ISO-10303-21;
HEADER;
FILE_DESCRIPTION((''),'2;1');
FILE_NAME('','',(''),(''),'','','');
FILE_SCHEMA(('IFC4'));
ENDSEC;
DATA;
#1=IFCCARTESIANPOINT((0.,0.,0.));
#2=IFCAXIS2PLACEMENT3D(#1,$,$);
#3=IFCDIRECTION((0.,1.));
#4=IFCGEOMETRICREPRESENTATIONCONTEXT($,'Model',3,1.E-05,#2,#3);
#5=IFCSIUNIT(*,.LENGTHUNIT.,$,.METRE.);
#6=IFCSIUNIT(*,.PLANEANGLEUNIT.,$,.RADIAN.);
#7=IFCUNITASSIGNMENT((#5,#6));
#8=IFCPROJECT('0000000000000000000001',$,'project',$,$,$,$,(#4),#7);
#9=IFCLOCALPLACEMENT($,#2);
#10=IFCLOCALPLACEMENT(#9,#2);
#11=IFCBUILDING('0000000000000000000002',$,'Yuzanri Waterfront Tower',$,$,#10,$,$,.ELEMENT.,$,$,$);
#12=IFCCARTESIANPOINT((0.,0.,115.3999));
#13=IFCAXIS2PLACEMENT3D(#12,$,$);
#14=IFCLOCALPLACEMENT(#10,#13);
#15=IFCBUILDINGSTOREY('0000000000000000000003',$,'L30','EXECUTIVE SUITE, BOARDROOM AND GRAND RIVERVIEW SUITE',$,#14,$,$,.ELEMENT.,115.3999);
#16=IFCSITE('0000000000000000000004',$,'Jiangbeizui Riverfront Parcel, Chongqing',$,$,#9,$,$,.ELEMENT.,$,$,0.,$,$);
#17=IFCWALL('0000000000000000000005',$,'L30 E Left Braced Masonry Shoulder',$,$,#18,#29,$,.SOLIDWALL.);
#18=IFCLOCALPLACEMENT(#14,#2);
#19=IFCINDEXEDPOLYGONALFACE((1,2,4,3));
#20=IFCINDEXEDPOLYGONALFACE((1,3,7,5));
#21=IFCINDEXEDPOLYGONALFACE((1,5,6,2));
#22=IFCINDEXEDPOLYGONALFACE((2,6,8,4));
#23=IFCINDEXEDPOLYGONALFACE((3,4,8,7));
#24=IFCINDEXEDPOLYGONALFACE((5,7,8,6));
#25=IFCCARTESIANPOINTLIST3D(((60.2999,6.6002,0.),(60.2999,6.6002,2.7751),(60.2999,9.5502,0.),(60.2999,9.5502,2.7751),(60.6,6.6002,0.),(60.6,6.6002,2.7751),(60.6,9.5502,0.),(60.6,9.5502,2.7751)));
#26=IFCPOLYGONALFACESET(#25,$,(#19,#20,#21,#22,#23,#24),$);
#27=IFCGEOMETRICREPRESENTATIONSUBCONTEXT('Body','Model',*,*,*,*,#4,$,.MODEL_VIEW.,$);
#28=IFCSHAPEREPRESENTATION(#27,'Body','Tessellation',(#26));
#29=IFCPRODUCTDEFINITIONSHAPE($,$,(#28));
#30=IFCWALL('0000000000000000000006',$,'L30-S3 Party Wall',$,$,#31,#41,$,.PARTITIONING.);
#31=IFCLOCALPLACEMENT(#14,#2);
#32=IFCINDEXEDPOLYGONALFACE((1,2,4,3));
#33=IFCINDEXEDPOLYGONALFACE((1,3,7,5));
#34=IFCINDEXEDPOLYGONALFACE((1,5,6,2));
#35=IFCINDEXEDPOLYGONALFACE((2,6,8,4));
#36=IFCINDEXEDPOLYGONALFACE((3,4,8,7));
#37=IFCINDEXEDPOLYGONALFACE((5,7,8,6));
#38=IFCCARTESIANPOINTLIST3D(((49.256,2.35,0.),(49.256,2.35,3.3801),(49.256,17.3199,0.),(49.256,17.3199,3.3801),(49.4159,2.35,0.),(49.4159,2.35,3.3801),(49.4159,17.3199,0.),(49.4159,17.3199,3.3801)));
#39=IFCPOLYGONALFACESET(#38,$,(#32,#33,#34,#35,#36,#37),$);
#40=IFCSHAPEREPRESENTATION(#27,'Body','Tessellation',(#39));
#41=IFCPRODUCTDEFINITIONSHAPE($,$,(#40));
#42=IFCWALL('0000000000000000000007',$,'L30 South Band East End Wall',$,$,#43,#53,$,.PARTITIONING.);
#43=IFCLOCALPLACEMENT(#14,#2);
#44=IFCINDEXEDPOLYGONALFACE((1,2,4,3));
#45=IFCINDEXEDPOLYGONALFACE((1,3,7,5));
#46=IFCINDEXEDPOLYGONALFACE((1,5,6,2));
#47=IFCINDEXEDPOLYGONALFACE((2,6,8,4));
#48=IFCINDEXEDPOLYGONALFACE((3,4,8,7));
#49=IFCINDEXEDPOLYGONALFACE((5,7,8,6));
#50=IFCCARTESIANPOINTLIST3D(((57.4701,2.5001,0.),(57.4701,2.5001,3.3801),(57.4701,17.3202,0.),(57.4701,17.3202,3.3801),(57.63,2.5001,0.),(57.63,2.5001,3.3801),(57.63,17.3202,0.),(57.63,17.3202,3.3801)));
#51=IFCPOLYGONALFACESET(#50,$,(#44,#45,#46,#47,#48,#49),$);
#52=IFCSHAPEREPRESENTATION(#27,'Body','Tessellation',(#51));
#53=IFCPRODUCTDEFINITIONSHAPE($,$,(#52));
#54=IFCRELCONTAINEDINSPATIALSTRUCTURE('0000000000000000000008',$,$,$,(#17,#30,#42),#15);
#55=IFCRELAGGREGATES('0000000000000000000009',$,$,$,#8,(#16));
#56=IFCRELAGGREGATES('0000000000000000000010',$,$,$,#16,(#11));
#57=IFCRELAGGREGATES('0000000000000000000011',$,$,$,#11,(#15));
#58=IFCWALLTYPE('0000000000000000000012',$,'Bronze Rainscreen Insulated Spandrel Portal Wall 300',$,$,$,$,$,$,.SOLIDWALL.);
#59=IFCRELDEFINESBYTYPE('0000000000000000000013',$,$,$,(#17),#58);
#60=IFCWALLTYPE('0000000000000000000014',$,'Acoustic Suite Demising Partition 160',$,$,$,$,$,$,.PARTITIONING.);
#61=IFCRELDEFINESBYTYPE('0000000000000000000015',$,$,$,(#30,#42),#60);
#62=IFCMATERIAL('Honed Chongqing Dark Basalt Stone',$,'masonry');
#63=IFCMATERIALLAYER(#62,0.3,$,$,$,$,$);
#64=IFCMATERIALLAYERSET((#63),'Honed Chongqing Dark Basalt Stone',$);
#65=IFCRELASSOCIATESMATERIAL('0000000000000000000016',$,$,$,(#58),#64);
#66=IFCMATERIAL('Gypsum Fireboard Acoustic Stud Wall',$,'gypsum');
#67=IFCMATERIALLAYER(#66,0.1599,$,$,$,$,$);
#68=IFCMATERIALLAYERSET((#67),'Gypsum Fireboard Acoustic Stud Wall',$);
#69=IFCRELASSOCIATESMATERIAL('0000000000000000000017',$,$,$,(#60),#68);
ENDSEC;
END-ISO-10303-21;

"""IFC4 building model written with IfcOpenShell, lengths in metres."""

from ifc_helpers import new_model, si_unit, direction, frame, frame_2d, origin, place, context, subcontext, project, spatial, rectangle, extrude, source, transform, mapped, material, layer, layer_set, type_object, element, save


model = new_model("IFC4")

# Units and contexts
model_context = context("Model", 3, precision=1e-05, world=origin(), true_north=direction((0.0, 1.0)))
body_context = subcontext(model_context, "Body", "Model", "MODEL_VIEW")
ifc_project = project(units=[si_unit("LENGTHUNIT", "METRE"), si_unit("PLANEANGLEUNIT", "RADIAN")], contexts=[model_context])

# Site, building, storey
site_placement = place(None, origin())
site = spatial("IfcSite", under=ifc_project, at=site_placement, Name="Jiangbeizui Riverfront Parcel, Chongqing", CompositionType="ELEMENT", RefElevation=0.0)
building_placement = place(site_placement, origin())
building = spatial("IfcBuilding", under=site, at=building_placement, Name="Yuzanri Waterfront Tower", CompositionType="ELEMENT")
storey_placement = place(building_placement, frame((0.0, 0.0, 115.3999)))
storey = spatial("IfcBuildingStorey", under=building, at=storey_placement, Name="L30", Description="EXECUTIVE SUITE, BOARDROOM AND GRAND RIVERVIEW SUITE", CompositionType="ELEMENT", Elevation=115.3999)

# Shared definitions
ifc_material_1 = material(Name="Honed Chongqing Dark Basalt Stone", Category="masonry")
ifc_layer_1 = layer(ifc_material_1, 0.3)
ifc_layer_set_1 = layer_set([ifc_layer_1], Name="Honed Chongqing Dark Basalt Stone")
wall_type_1 = type_object("IfcWallType", Name="Bronze Rainscreen Insulated Spandrel Portal Wall 300", PredefinedType="SOLIDWALL", material=ifc_layer_set_1)

# Walls
shared_shape_1 = source(origin(), body_context, "Body", "SweptSolid", [
    extrude(rectangle(XDim=2.95, YDim=0.3, at=frame_2d((1.4751, 0.0))), origin(), (0.0, 0.0, 1.0), 2.7751),
])
for number, where, z_axis, x_axis, name in (
    (1, (60.45, 6.6001, 0.0), (0.0, 0.0, 1.0), (0.0, 1.0, 0.0), "L30 E Left Braced Masonry Shoulder"),
):
    element("IfcWall", number, at=place(storey_placement, frame(where, z_axis=z_axis, x_axis=x_axis)), inside=storey, type_object=wall_type_1, Name=name, PredefinedType="SOLIDWALL", context=body_context, shape_type="MappedRepresentation", body=[
        mapped(shared_shape_1, transform((0.0, 0.0, 0.0), scale=1.0)),
    ])
ifc_material_2 = material(Name="Gypsum Fireboard Acoustic Stud Wall", Category="gypsum")
ifc_layer_2 = layer(ifc_material_2, 0.1599)
ifc_layer_set_2 = layer_set([ifc_layer_2], Name="Gypsum Fireboard Acoustic Stud Wall")
wall_type_2 = type_object("IfcWallType", Name="Acoustic Suite Demising Partition 160", PredefinedType="PARTITIONING", material=ifc_layer_set_2)
shared_shape_2 = source(origin(), body_context, "Body", "SweptSolid", [
    extrude(rectangle(XDim=14.97, YDim=0.1599, at=frame_2d((7.4849, 0.0))), origin(), (0.0, 0.0, 1.0), 3.3801),
])
wall_1_placement = place(storey_placement, frame((49.3359, 2.3501, 0.0), z_axis=(0.0, 0.0, 1.0), x_axis=(0.0, 1.0, 0.0)))
element("IfcWall", 2, at=wall_1_placement, inside=storey, type_object=wall_type_2, Name="L30-S3 Party Wall", PredefinedType="PARTITIONING", context=body_context, shape_type="MappedRepresentation", body=[
    mapped(shared_shape_2, transform((0.0, 0.0, 0.0), scale=1.0)),
])
shared_shape_3 = source(origin(), body_context, "Body", "SweptSolid", [
    extrude(rectangle(XDim=14.8201, YDim=0.1599, at=frame_2d((7.4102, 0.0))), origin(), (0.0, 0.0, 1.0), 3.3801),
])
wall_2_placement = place(storey_placement, frame((57.55, 2.5, 0.0), z_axis=(0.0, 0.0, 1.0), x_axis=(0.0, 1.0, 0.0)))
element("IfcWall", 3, at=wall_2_placement, inside=storey, type_object=wall_type_2, Name="L30 South Band East End Wall", PredefinedType="PARTITIONING", context=body_context, shape_type="MappedRepresentation", body=[
    mapped(shared_shape_3, transform((0.0, 0.0, 0.0), scale=1.0)),
])

save(model, "model.ifc")
